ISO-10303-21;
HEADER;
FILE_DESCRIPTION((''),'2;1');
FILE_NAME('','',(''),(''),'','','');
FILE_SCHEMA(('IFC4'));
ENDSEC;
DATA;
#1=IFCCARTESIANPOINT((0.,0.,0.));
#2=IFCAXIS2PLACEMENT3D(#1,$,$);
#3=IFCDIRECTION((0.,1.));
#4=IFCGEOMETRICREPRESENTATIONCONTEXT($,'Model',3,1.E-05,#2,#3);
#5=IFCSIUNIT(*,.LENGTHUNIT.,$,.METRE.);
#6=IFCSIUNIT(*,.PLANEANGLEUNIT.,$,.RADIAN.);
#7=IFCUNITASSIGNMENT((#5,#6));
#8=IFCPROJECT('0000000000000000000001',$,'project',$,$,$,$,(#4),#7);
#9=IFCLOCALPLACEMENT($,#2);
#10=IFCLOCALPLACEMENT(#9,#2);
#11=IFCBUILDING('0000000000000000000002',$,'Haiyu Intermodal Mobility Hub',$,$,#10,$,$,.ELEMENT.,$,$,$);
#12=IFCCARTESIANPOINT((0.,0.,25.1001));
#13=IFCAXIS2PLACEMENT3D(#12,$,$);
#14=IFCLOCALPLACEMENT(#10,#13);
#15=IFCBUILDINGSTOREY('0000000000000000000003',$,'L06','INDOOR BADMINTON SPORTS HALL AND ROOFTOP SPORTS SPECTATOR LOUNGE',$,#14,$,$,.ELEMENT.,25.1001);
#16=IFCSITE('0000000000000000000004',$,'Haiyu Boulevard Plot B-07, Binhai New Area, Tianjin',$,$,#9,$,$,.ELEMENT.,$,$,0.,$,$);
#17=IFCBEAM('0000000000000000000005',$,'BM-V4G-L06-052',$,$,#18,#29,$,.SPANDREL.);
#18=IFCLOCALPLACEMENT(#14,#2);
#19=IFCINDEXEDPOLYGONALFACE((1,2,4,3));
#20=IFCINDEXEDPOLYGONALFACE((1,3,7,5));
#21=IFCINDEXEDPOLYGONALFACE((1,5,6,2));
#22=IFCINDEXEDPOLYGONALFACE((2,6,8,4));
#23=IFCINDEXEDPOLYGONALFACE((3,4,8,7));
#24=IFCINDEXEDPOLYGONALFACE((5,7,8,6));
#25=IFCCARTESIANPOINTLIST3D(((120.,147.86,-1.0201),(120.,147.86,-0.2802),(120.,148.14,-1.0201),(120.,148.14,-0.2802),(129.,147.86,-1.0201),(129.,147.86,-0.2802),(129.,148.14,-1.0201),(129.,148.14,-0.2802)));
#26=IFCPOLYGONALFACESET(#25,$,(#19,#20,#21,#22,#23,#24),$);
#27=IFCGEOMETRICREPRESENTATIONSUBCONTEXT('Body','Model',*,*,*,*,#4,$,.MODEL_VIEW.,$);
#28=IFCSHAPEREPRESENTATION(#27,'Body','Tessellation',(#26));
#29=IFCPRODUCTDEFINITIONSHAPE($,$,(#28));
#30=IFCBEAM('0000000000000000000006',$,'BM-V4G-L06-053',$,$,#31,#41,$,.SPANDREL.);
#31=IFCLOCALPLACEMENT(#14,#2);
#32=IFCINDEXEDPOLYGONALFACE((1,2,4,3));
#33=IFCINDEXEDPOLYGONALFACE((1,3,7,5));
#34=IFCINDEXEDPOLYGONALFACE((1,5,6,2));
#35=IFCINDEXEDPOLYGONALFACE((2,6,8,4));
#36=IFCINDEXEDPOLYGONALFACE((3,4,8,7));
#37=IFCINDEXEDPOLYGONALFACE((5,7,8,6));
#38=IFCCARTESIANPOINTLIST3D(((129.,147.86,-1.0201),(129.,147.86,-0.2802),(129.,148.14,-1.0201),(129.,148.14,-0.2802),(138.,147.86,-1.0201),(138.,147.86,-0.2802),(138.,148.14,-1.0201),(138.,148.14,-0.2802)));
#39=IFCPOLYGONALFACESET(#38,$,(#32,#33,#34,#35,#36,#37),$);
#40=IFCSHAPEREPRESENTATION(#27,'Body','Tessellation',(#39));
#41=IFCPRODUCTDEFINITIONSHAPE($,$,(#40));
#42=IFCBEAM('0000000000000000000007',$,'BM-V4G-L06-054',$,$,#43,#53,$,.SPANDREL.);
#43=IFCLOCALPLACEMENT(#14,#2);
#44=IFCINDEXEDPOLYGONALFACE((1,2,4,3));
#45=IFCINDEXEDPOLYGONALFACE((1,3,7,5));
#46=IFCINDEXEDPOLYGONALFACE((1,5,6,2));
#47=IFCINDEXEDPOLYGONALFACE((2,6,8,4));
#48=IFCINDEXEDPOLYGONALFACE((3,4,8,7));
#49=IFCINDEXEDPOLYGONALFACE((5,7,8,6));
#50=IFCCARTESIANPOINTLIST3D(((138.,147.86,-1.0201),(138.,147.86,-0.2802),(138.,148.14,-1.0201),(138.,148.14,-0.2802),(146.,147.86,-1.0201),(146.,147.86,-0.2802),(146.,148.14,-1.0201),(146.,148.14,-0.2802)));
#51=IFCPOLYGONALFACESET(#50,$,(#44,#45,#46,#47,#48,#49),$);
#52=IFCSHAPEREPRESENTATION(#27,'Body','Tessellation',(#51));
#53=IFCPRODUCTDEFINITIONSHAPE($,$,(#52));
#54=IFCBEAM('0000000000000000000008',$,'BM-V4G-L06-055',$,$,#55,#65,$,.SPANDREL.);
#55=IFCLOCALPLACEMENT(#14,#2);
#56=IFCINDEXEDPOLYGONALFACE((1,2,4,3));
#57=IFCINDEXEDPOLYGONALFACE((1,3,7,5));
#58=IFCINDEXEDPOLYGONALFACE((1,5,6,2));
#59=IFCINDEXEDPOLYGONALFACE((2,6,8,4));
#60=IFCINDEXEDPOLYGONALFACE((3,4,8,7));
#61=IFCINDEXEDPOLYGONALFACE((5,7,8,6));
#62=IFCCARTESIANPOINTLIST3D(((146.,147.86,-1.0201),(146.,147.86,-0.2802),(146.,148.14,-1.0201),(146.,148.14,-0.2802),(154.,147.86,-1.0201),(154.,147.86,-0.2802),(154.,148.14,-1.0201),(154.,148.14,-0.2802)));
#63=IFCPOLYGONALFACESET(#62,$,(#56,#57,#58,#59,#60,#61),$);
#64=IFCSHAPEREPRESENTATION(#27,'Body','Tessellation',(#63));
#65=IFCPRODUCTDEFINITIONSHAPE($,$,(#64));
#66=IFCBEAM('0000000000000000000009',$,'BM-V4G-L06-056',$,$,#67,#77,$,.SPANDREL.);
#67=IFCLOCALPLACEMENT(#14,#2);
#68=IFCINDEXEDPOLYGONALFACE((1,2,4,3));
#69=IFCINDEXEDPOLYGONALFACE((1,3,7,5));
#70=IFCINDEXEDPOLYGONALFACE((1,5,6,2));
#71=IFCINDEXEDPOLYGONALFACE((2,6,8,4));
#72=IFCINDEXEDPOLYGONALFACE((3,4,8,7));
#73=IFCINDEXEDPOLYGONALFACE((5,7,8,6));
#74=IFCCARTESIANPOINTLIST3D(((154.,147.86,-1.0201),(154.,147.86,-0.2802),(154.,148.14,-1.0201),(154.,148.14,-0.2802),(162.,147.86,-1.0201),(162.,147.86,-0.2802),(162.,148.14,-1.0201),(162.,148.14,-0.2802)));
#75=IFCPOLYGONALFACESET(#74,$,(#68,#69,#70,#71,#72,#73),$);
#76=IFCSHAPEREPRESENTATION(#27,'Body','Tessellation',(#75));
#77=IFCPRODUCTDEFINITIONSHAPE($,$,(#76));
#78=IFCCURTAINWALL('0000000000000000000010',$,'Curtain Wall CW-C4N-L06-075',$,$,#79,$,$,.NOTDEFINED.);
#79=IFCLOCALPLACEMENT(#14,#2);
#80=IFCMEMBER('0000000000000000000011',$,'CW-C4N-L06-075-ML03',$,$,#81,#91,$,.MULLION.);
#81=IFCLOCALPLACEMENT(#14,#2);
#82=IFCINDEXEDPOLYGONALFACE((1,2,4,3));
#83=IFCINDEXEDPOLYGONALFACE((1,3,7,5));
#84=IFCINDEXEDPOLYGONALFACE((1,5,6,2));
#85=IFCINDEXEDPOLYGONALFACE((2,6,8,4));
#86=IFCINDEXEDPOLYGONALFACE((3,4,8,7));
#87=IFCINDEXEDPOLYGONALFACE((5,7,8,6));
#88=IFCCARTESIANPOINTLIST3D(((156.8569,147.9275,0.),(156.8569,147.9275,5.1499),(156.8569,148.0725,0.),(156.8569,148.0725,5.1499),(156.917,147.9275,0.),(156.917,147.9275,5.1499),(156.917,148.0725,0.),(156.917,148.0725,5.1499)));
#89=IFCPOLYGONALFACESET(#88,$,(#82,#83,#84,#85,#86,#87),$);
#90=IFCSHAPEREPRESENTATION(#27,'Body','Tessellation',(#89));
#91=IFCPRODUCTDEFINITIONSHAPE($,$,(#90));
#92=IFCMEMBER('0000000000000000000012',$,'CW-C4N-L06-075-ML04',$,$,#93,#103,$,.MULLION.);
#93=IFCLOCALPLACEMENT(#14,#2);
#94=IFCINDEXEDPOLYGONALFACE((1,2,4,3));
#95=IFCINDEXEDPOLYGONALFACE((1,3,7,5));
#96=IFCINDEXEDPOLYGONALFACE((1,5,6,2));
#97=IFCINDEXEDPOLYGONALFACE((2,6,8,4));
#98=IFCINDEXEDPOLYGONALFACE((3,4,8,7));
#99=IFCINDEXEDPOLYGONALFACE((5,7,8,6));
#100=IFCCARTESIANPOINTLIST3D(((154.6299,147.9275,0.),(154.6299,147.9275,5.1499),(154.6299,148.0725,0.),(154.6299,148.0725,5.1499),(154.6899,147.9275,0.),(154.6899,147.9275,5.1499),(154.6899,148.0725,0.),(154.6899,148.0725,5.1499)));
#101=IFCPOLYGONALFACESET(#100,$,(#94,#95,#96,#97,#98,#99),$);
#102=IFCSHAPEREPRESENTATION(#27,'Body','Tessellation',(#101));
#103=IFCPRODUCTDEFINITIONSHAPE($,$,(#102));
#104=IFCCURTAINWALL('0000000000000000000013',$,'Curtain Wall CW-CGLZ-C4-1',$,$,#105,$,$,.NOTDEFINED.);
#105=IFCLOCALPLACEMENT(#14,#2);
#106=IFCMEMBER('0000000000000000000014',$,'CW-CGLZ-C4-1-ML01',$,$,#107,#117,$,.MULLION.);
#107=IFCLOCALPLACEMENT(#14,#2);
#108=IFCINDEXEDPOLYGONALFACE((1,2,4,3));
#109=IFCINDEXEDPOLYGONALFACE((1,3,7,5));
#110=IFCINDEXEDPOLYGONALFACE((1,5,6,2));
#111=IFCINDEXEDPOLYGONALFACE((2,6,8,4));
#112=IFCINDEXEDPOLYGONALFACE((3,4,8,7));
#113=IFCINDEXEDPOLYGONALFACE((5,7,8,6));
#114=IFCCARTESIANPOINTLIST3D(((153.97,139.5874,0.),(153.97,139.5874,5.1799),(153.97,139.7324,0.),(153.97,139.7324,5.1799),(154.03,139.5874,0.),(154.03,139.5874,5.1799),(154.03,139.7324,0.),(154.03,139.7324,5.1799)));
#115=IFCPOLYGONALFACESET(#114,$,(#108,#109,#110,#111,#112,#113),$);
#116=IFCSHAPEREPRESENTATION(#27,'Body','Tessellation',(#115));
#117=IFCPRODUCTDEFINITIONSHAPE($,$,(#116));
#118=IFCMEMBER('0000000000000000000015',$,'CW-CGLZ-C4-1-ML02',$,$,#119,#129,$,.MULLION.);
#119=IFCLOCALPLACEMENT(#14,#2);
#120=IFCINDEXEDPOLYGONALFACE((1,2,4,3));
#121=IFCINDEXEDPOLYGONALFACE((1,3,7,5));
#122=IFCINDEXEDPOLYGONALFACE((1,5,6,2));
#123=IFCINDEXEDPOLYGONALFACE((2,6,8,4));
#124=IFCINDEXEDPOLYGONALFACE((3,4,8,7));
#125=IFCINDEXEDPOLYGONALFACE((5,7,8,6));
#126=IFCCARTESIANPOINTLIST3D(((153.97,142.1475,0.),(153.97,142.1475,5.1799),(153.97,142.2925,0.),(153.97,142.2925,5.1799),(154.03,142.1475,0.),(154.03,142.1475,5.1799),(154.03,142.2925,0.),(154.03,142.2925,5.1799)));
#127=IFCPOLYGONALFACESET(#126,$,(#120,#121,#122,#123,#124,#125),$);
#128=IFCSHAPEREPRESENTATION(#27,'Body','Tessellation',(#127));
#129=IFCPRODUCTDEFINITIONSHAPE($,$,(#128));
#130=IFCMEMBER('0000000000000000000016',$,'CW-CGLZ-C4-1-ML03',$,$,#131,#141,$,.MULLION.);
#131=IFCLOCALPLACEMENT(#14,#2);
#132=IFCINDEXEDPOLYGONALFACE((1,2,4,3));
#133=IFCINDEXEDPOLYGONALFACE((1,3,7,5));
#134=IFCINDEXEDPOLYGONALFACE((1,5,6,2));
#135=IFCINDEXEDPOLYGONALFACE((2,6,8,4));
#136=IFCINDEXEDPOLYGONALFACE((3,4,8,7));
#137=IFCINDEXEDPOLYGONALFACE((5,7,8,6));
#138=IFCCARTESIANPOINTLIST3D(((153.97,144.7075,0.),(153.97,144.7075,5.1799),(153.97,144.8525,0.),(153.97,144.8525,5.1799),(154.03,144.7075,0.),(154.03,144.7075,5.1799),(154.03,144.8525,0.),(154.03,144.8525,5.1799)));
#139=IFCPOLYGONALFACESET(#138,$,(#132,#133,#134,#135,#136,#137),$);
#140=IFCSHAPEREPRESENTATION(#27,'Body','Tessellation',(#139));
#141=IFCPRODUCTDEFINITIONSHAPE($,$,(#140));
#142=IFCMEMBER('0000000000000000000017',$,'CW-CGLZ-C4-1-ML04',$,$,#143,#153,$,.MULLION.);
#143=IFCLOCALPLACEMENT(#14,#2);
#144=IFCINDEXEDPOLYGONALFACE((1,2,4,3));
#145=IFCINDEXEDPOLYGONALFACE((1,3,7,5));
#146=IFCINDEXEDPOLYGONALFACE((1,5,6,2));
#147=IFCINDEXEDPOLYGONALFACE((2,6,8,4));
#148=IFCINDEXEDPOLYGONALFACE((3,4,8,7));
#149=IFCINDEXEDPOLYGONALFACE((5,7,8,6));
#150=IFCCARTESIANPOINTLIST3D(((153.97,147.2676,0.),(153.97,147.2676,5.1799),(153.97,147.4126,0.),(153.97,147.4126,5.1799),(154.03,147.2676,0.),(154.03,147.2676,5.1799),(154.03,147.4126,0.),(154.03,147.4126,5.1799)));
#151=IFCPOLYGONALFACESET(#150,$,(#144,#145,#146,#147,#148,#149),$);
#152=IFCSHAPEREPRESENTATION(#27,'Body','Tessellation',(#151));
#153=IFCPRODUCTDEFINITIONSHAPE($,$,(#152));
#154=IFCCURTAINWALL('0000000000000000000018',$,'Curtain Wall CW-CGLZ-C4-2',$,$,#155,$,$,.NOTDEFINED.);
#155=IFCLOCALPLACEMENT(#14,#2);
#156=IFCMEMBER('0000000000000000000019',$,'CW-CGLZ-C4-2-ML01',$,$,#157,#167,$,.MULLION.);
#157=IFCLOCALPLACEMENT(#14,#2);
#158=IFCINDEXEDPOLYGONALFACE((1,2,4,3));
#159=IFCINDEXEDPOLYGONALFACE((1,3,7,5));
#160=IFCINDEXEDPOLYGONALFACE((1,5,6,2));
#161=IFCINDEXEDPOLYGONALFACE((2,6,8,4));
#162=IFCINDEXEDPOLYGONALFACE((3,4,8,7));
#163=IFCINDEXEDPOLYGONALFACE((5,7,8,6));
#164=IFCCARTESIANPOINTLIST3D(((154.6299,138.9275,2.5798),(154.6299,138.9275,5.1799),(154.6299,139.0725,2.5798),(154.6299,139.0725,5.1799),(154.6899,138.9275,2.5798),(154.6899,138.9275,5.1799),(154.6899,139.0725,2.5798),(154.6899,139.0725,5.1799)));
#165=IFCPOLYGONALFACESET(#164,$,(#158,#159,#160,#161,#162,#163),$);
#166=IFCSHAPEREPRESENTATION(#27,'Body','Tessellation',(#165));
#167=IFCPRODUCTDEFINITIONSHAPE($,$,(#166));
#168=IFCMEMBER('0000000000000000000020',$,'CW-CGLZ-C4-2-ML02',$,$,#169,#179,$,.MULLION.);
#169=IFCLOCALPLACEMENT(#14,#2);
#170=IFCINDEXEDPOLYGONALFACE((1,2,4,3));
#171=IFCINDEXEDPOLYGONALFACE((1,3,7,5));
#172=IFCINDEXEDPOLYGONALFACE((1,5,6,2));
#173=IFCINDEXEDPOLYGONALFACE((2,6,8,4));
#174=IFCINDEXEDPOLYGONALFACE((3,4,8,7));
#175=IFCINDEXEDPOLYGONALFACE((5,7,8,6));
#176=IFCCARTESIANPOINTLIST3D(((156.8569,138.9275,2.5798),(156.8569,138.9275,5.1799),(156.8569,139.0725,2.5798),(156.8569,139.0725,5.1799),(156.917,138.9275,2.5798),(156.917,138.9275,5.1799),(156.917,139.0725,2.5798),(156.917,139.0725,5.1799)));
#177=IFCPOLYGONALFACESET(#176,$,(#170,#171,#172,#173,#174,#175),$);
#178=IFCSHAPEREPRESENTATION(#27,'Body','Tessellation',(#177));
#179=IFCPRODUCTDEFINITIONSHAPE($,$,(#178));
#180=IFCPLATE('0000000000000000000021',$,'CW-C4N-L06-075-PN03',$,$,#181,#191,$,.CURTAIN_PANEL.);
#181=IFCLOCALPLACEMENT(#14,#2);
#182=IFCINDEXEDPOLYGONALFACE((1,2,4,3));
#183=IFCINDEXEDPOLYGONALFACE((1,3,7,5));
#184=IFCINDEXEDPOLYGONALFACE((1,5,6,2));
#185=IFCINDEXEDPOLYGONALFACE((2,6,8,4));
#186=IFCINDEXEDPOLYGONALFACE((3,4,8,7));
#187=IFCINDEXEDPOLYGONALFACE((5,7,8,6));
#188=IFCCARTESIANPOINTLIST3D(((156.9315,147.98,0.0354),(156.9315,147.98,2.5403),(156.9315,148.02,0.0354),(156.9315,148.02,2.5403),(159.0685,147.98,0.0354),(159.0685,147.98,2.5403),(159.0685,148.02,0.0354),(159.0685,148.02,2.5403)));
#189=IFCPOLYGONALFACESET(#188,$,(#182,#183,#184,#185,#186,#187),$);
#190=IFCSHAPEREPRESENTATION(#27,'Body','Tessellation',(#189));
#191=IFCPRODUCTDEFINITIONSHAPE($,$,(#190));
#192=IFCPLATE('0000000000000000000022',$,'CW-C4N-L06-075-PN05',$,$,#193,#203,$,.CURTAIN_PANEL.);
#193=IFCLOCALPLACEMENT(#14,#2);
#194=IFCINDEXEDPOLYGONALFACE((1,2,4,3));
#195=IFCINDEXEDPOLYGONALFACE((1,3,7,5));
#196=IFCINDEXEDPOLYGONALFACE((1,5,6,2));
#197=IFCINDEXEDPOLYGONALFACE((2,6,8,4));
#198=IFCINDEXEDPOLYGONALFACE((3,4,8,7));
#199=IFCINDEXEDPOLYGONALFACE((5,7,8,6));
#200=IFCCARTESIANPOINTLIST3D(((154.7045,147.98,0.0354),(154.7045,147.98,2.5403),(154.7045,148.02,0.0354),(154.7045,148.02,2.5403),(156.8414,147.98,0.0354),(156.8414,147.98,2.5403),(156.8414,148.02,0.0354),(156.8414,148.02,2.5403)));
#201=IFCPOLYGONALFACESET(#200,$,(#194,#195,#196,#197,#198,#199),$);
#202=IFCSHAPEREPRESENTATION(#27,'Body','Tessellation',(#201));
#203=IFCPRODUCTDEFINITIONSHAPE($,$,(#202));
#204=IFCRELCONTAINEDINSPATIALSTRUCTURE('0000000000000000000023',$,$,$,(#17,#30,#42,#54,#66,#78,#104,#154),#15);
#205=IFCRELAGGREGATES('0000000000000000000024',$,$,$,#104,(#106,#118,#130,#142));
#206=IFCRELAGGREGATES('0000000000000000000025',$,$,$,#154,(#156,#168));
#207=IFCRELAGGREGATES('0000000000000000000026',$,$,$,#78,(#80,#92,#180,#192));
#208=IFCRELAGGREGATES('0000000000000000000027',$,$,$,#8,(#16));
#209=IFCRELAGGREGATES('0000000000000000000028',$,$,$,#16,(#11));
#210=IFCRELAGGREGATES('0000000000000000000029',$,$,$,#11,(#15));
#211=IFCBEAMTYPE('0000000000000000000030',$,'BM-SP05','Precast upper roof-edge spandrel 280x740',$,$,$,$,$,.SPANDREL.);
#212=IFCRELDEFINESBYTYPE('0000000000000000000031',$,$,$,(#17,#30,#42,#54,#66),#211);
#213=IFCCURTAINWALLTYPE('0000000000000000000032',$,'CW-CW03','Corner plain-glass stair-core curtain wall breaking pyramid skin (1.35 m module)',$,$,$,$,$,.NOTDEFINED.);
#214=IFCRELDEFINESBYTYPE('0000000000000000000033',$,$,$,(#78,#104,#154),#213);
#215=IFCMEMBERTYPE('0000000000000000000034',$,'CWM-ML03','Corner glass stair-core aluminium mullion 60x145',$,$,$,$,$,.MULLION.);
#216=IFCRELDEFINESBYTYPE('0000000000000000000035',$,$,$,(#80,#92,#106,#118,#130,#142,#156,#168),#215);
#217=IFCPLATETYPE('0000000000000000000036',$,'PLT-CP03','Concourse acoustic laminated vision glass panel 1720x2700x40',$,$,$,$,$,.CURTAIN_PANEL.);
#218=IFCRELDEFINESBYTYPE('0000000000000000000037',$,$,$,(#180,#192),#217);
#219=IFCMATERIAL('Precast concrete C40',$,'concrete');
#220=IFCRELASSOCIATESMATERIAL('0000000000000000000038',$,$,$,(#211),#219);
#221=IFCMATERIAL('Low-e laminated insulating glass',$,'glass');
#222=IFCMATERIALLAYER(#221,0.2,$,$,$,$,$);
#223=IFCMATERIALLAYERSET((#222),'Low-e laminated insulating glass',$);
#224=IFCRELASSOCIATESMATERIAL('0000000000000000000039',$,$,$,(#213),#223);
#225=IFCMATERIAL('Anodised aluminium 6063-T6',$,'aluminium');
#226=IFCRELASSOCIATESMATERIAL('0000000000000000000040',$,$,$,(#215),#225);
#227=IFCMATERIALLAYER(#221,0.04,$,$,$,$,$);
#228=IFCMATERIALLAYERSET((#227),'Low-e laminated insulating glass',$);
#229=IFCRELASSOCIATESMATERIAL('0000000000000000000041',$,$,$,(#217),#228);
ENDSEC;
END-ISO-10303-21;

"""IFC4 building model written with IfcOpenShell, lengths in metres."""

from ifc_helpers import new_model, si_unit, direction, frame, origin, origin_2d, place, context, subcontext, project, spatial, rectangle, extrude, material, layer, layer_set, material_profile, profile_set, type_object, element, aggregate, save


model = new_model("IFC4")

# Units and contexts
model_context = context("Model", 3, precision=1e-05, world=origin(), true_north=direction((0.0, 1.0)))
body_context = subcontext(model_context, "Body", "Model", "MODEL_VIEW")
ifc_project = project(units=[si_unit("LENGTHUNIT", "METRE"), si_unit("PLANEANGLEUNIT", "RADIAN")], contexts=[model_context])

# Site, building, storey
site_placement = place(None, origin())
site = spatial("IfcSite", under=ifc_project, at=site_placement, Name="Haiyu Boulevard Plot B-07, Binhai New Area, Tianjin", CompositionType="ELEMENT", RefElevation=0.0)
building_placement = place(site_placement, origin())
building = spatial("IfcBuilding", under=site, at=building_placement, Name="Haiyu Intermodal Mobility Hub", CompositionType="ELEMENT")
storey_placement = place(building_placement, frame((0.0, 0.0, 25.1001)))
storey = spatial("IfcBuildingStorey", under=building, at=storey_placement, Name="L06", Description="INDOOR BADMINTON SPORTS HALL AND ROOFTOP SPORTS SPECTATOR LOUNGE", CompositionType="ELEMENT", Elevation=25.1001)

# Beams
ifc_material_1 = material(Name="Precast concrete C40", Category="concrete")
ifc_material_profile_1 = material_profile(ifc_material_1, rectangle(XDim=0.28, YDim=0.74, at=origin_2d()), Name="B280x740")
ifc_profile_set_1 = profile_set([ifc_material_profile_1], Name="Precast concrete C40")
beam_type_1 = type_object("IfcBeamType", Name="BM-SP05", Description="Precast upper roof-edge spandrel 280x740", PredefinedType="SPANDREL", material=ifc_profile_set_1)
for number, where, z_axis, x_axis, name in (
    (1, (120.0, 148.0, -0.6501), (1.0, 0.0, 0.0), (0.0, 1.0, 0.0), "BM-V4G-L06-052"),
    (2, (129.0, 148.0, -0.6501), (1.0, 0.0, 0.0), (0.0, 1.0, 0.0), "BM-V4G-L06-053"),
):
    element("IfcBeam", number, at=place(storey_placement, frame(where, z_axis=z_axis, x_axis=x_axis)), inside=storey, type_object=beam_type_1, Name=name, PredefinedType="SPANDREL", context=body_context, shape_type="SweptSolid", body=[
        extrude(rectangle(XDim=0.28, YDim=0.74, at=origin_2d()), origin(), (0.0, 0.0, 1.0), 9.0),
    ])
for number, where, z_axis, x_axis, name in (
    (3, (138.0, 148.0, -0.6501), (1.0, 0.0, 0.0), (0.0, 1.0, 0.0), "BM-V4G-L06-054"),
    (4, (146.0, 148.0, -0.6501), (1.0, 0.0, 0.0), (0.0, 1.0, 0.0), "BM-V4G-L06-055"),
    (5, (154.0, 148.0, -0.6501), (1.0, 0.0, 0.0), (0.0, 1.0, 0.0), "BM-V4G-L06-056"),
):
    element("IfcBeam", number, at=place(storey_placement, frame(where, z_axis=z_axis, x_axis=x_axis)), inside=storey, type_object=beam_type_1, Name=name, PredefinedType="SPANDREL", context=body_context, shape_type="SweptSolid", body=[
        extrude(rectangle(XDim=0.28, YDim=0.74, at=origin_2d()), origin(), (0.0, 0.0, 1.0), 8.0),
    ])

# Curtain walls, members
ifc_material_2 = material(Name="Low-e laminated insulating glass", Category="glass")
ifc_layer_1 = layer(ifc_material_2, 0.2)
ifc_layer_set_1 = layer_set([ifc_layer_1], Name="Low-e laminated insulating glass")
curtain_wall_type = type_object("IfcCurtainWallType", Name="CW-CW03", Description="Corner plain-glass stair-core curtain wall breaking pyramid skin (1.35 m module)", PredefinedType="NOTDEFINED", material=ifc_layer_set_1)
curtain_wall_1_placement = place(storey_placement, origin())
curtain_wall_1 = element("IfcCurtainWall", 6, at=curtain_wall_1_placement, inside=storey, type_object=curtain_wall_type, Name="Curtain Wall CW-C4N-L06-075", PredefinedType="NOTDEFINED")
ifc_material_3 = material(Name="Anodised aluminium 6063-T6", Category="aluminium")
ifc_material_profile_2 = material_profile(ifc_material_3, rectangle(XDim=0.0601, YDim=0.145, at=origin_2d()), Name="ALU60x145")
ifc_profile_set_2 = profile_set([ifc_material_profile_2], Name="Anodised aluminium 6063-T6")
member_type = type_object("IfcMemberType", Name="CWM-ML03", Description="Corner glass stair-core aluminium mullion 60x145", PredefinedType="MULLION", material=ifc_profile_set_2)
member_1_placement = place(storey_placement, frame((156.887, 148.0, 0.0), z_axis=(0.0, 0.0, 1.0), x_axis=(1.0, 0.0, 0.0)))
member_1 = element("IfcMember", 7, at=member_1_placement, type_object=member_type, Name="CW-C4N-L06-075-ML03", PredefinedType="MULLION", context=body_context, shape_type="SweptSolid", body=[
    extrude(rectangle(XDim=0.0601, YDim=0.145, at=origin_2d()), origin(), (0.0, 0.0, 1.0), 5.1499),
])
member_2_placement = place(storey_placement, frame((154.6599, 148.0, 0.0), z_axis=(0.0, 0.0, 1.0), x_axis=(1.0, 0.0, 0.0)))
member_2 = element("IfcMember", 8, at=member_2_placement, type_object=member_type, Name="CW-C4N-L06-075-ML04", PredefinedType="MULLION", context=body_context, shape_type="SweptSolid", body=[
    extrude(rectangle(XDim=0.0601, YDim=0.145, at=origin_2d()), origin(), (0.0, 0.0, 1.0), 5.1499),
])
curtain_wall_2_placement = place(storey_placement, origin())
curtain_wall_2 = element("IfcCurtainWall", 9, at=curtain_wall_2_placement, inside=storey, type_object=curtain_wall_type, Name="Curtain Wall CW-CGLZ-C4-1", PredefinedType="NOTDEFINED")
member_3_placement = place(storey_placement, frame((154.0, 139.6599, 0.0), z_axis=(0.0, 0.0, 1.0), x_axis=(1.0, 0.0, 0.0)))
member_3 = element("IfcMember", 10, at=member_3_placement, type_object=member_type, Name="CW-CGLZ-C4-1-ML01", PredefinedType="MULLION", context=body_context, shape_type="SweptSolid", body=[
    extrude(rectangle(XDim=0.0601, YDim=0.145, at=origin_2d()), origin(), (0.0, 0.0, 1.0), 5.1799),
])
member_4_placement = place(storey_placement, frame((154.0, 142.22, 0.0), z_axis=(0.0, 0.0, 1.0), x_axis=(1.0, 0.0, 0.0)))
member_4 = element("IfcMember", 11, at=member_4_placement, type_object=member_type, Name="CW-CGLZ-C4-1-ML02", PredefinedType="MULLION", context=body_context, shape_type="SweptSolid", body=[
    extrude(rectangle(XDim=0.0601, YDim=0.145, at=origin_2d()), origin(), (0.0, 0.0, 1.0), 5.1799),
])
member_5_placement = place(storey_placement, frame((154.0, 144.78, 0.0), z_axis=(0.0, 0.0, 1.0), x_axis=(1.0, 0.0, 0.0)))
member_5 = element("IfcMember", 12, at=member_5_placement, type_object=member_type, Name="CW-CGLZ-C4-1-ML03", PredefinedType="MULLION", context=body_context, shape_type="SweptSolid", body=[
    extrude(rectangle(XDim=0.0601, YDim=0.145, at=origin_2d()), origin(), (0.0, 0.0, 1.0), 5.1799),
])
member_6_placement = place(storey_placement, frame((154.0, 147.3401, 0.0), z_axis=(0.0, 0.0, 1.0), x_axis=(1.0, 0.0, 0.0)))
member_6 = element("IfcMember", 13, at=member_6_placement, type_object=member_type, Name="CW-CGLZ-C4-1-ML04", PredefinedType="MULLION", context=body_context, shape_type="SweptSolid", body=[
    extrude(rectangle(XDim=0.0601, YDim=0.145, at=origin_2d()), origin(), (0.0, 0.0, 1.0), 5.1799),
])
curtain_wall_3_placement = place(storey_placement, origin())
curtain_wall_3 = element("IfcCurtainWall", 14, at=curtain_wall_3_placement, inside=storey, type_object=curtain_wall_type, Name="Curtain Wall CW-CGLZ-C4-2", PredefinedType="NOTDEFINED")
member_7_placement = place(storey_placement, frame((154.6599, 139.0, 2.5798), z_axis=(0.0, 0.0, 1.0), x_axis=(1.0, 0.0, 0.0)))
member_7 = element("IfcMember", 15, at=member_7_placement, type_object=member_type, Name="CW-CGLZ-C4-2-ML01", PredefinedType="MULLION", context=body_context, shape_type="SweptSolid", body=[
    extrude(rectangle(XDim=0.0601, YDim=0.145, at=origin_2d()), origin(), (0.0, 0.0, 1.0), 2.6001),
])
member_8_placement = place(storey_placement, frame((156.887, 139.0, 2.5798), z_axis=(0.0, 0.0, 1.0), x_axis=(1.0, 0.0, 0.0)))
member_8 = element("IfcMember", 16, at=member_8_placement, type_object=member_type, Name="CW-CGLZ-C4-2-ML02", PredefinedType="MULLION", context=body_context, shape_type="SweptSolid", body=[
    extrude(rectangle(XDim=0.0601, YDim=0.145, at=origin_2d()), origin(), (0.0, 0.0, 1.0), 2.6001),
])

# Plates
ifc_layer_2 = layer(ifc_material_2, 0.04)
ifc_layer_set_2 = layer_set([ifc_layer_2], Name="Low-e laminated insulating glass")
plate_type_1 = type_object("IfcPlateType", Name="PLT-CP03", Description="Concourse acoustic laminated vision glass panel 1720x2700x40", PredefinedType="CURTAIN_PANEL", material=ifc_layer_set_2)
plate_1_placement = place(storey_placement, frame((158.0, 148.0, 0.0354), z_axis=(0.0, 0.0, 1.0), x_axis=(-1.0, 0.0, 0.0)))
plate_1 = element("IfcPlate", 17, at=plate_1_placement, type_object=plate_type_1, Name="CW-C4N-L06-075-PN03", PredefinedType="CURTAIN_PANEL", context=body_context, shape_type="SweptSolid", body=[
    extrude(rectangle(XDim=2.137, YDim=0.04, at=origin_2d()), origin(), (0.0, 0.0, 1.0), 2.5049),
])
plate_2_placement = place(storey_placement, frame((155.7729, 148.0, 0.0354), z_axis=(0.0, 0.0, 1.0), x_axis=(-1.0, 0.0, 0.0)))
plate_2 = element("IfcPlate", 18, at=plate_2_placement, type_object=plate_type_1, Name="CW-C4N-L06-075-PN05", PredefinedType="CURTAIN_PANEL", context=body_context, shape_type="SweptSolid", body=[
    extrude(rectangle(XDim=2.137, YDim=0.04, at=origin_2d()), origin(), (0.0, 0.0, 1.0), 2.5049),
])
aggregate(curtain_wall_2, [member_3, member_4, member_5, member_6])
aggregate(curtain_wall_3, [member_7, member_8])
aggregate(curtain_wall_1, [member_1, member_2, plate_1, plate_2])

save(model, "model.ifc")
